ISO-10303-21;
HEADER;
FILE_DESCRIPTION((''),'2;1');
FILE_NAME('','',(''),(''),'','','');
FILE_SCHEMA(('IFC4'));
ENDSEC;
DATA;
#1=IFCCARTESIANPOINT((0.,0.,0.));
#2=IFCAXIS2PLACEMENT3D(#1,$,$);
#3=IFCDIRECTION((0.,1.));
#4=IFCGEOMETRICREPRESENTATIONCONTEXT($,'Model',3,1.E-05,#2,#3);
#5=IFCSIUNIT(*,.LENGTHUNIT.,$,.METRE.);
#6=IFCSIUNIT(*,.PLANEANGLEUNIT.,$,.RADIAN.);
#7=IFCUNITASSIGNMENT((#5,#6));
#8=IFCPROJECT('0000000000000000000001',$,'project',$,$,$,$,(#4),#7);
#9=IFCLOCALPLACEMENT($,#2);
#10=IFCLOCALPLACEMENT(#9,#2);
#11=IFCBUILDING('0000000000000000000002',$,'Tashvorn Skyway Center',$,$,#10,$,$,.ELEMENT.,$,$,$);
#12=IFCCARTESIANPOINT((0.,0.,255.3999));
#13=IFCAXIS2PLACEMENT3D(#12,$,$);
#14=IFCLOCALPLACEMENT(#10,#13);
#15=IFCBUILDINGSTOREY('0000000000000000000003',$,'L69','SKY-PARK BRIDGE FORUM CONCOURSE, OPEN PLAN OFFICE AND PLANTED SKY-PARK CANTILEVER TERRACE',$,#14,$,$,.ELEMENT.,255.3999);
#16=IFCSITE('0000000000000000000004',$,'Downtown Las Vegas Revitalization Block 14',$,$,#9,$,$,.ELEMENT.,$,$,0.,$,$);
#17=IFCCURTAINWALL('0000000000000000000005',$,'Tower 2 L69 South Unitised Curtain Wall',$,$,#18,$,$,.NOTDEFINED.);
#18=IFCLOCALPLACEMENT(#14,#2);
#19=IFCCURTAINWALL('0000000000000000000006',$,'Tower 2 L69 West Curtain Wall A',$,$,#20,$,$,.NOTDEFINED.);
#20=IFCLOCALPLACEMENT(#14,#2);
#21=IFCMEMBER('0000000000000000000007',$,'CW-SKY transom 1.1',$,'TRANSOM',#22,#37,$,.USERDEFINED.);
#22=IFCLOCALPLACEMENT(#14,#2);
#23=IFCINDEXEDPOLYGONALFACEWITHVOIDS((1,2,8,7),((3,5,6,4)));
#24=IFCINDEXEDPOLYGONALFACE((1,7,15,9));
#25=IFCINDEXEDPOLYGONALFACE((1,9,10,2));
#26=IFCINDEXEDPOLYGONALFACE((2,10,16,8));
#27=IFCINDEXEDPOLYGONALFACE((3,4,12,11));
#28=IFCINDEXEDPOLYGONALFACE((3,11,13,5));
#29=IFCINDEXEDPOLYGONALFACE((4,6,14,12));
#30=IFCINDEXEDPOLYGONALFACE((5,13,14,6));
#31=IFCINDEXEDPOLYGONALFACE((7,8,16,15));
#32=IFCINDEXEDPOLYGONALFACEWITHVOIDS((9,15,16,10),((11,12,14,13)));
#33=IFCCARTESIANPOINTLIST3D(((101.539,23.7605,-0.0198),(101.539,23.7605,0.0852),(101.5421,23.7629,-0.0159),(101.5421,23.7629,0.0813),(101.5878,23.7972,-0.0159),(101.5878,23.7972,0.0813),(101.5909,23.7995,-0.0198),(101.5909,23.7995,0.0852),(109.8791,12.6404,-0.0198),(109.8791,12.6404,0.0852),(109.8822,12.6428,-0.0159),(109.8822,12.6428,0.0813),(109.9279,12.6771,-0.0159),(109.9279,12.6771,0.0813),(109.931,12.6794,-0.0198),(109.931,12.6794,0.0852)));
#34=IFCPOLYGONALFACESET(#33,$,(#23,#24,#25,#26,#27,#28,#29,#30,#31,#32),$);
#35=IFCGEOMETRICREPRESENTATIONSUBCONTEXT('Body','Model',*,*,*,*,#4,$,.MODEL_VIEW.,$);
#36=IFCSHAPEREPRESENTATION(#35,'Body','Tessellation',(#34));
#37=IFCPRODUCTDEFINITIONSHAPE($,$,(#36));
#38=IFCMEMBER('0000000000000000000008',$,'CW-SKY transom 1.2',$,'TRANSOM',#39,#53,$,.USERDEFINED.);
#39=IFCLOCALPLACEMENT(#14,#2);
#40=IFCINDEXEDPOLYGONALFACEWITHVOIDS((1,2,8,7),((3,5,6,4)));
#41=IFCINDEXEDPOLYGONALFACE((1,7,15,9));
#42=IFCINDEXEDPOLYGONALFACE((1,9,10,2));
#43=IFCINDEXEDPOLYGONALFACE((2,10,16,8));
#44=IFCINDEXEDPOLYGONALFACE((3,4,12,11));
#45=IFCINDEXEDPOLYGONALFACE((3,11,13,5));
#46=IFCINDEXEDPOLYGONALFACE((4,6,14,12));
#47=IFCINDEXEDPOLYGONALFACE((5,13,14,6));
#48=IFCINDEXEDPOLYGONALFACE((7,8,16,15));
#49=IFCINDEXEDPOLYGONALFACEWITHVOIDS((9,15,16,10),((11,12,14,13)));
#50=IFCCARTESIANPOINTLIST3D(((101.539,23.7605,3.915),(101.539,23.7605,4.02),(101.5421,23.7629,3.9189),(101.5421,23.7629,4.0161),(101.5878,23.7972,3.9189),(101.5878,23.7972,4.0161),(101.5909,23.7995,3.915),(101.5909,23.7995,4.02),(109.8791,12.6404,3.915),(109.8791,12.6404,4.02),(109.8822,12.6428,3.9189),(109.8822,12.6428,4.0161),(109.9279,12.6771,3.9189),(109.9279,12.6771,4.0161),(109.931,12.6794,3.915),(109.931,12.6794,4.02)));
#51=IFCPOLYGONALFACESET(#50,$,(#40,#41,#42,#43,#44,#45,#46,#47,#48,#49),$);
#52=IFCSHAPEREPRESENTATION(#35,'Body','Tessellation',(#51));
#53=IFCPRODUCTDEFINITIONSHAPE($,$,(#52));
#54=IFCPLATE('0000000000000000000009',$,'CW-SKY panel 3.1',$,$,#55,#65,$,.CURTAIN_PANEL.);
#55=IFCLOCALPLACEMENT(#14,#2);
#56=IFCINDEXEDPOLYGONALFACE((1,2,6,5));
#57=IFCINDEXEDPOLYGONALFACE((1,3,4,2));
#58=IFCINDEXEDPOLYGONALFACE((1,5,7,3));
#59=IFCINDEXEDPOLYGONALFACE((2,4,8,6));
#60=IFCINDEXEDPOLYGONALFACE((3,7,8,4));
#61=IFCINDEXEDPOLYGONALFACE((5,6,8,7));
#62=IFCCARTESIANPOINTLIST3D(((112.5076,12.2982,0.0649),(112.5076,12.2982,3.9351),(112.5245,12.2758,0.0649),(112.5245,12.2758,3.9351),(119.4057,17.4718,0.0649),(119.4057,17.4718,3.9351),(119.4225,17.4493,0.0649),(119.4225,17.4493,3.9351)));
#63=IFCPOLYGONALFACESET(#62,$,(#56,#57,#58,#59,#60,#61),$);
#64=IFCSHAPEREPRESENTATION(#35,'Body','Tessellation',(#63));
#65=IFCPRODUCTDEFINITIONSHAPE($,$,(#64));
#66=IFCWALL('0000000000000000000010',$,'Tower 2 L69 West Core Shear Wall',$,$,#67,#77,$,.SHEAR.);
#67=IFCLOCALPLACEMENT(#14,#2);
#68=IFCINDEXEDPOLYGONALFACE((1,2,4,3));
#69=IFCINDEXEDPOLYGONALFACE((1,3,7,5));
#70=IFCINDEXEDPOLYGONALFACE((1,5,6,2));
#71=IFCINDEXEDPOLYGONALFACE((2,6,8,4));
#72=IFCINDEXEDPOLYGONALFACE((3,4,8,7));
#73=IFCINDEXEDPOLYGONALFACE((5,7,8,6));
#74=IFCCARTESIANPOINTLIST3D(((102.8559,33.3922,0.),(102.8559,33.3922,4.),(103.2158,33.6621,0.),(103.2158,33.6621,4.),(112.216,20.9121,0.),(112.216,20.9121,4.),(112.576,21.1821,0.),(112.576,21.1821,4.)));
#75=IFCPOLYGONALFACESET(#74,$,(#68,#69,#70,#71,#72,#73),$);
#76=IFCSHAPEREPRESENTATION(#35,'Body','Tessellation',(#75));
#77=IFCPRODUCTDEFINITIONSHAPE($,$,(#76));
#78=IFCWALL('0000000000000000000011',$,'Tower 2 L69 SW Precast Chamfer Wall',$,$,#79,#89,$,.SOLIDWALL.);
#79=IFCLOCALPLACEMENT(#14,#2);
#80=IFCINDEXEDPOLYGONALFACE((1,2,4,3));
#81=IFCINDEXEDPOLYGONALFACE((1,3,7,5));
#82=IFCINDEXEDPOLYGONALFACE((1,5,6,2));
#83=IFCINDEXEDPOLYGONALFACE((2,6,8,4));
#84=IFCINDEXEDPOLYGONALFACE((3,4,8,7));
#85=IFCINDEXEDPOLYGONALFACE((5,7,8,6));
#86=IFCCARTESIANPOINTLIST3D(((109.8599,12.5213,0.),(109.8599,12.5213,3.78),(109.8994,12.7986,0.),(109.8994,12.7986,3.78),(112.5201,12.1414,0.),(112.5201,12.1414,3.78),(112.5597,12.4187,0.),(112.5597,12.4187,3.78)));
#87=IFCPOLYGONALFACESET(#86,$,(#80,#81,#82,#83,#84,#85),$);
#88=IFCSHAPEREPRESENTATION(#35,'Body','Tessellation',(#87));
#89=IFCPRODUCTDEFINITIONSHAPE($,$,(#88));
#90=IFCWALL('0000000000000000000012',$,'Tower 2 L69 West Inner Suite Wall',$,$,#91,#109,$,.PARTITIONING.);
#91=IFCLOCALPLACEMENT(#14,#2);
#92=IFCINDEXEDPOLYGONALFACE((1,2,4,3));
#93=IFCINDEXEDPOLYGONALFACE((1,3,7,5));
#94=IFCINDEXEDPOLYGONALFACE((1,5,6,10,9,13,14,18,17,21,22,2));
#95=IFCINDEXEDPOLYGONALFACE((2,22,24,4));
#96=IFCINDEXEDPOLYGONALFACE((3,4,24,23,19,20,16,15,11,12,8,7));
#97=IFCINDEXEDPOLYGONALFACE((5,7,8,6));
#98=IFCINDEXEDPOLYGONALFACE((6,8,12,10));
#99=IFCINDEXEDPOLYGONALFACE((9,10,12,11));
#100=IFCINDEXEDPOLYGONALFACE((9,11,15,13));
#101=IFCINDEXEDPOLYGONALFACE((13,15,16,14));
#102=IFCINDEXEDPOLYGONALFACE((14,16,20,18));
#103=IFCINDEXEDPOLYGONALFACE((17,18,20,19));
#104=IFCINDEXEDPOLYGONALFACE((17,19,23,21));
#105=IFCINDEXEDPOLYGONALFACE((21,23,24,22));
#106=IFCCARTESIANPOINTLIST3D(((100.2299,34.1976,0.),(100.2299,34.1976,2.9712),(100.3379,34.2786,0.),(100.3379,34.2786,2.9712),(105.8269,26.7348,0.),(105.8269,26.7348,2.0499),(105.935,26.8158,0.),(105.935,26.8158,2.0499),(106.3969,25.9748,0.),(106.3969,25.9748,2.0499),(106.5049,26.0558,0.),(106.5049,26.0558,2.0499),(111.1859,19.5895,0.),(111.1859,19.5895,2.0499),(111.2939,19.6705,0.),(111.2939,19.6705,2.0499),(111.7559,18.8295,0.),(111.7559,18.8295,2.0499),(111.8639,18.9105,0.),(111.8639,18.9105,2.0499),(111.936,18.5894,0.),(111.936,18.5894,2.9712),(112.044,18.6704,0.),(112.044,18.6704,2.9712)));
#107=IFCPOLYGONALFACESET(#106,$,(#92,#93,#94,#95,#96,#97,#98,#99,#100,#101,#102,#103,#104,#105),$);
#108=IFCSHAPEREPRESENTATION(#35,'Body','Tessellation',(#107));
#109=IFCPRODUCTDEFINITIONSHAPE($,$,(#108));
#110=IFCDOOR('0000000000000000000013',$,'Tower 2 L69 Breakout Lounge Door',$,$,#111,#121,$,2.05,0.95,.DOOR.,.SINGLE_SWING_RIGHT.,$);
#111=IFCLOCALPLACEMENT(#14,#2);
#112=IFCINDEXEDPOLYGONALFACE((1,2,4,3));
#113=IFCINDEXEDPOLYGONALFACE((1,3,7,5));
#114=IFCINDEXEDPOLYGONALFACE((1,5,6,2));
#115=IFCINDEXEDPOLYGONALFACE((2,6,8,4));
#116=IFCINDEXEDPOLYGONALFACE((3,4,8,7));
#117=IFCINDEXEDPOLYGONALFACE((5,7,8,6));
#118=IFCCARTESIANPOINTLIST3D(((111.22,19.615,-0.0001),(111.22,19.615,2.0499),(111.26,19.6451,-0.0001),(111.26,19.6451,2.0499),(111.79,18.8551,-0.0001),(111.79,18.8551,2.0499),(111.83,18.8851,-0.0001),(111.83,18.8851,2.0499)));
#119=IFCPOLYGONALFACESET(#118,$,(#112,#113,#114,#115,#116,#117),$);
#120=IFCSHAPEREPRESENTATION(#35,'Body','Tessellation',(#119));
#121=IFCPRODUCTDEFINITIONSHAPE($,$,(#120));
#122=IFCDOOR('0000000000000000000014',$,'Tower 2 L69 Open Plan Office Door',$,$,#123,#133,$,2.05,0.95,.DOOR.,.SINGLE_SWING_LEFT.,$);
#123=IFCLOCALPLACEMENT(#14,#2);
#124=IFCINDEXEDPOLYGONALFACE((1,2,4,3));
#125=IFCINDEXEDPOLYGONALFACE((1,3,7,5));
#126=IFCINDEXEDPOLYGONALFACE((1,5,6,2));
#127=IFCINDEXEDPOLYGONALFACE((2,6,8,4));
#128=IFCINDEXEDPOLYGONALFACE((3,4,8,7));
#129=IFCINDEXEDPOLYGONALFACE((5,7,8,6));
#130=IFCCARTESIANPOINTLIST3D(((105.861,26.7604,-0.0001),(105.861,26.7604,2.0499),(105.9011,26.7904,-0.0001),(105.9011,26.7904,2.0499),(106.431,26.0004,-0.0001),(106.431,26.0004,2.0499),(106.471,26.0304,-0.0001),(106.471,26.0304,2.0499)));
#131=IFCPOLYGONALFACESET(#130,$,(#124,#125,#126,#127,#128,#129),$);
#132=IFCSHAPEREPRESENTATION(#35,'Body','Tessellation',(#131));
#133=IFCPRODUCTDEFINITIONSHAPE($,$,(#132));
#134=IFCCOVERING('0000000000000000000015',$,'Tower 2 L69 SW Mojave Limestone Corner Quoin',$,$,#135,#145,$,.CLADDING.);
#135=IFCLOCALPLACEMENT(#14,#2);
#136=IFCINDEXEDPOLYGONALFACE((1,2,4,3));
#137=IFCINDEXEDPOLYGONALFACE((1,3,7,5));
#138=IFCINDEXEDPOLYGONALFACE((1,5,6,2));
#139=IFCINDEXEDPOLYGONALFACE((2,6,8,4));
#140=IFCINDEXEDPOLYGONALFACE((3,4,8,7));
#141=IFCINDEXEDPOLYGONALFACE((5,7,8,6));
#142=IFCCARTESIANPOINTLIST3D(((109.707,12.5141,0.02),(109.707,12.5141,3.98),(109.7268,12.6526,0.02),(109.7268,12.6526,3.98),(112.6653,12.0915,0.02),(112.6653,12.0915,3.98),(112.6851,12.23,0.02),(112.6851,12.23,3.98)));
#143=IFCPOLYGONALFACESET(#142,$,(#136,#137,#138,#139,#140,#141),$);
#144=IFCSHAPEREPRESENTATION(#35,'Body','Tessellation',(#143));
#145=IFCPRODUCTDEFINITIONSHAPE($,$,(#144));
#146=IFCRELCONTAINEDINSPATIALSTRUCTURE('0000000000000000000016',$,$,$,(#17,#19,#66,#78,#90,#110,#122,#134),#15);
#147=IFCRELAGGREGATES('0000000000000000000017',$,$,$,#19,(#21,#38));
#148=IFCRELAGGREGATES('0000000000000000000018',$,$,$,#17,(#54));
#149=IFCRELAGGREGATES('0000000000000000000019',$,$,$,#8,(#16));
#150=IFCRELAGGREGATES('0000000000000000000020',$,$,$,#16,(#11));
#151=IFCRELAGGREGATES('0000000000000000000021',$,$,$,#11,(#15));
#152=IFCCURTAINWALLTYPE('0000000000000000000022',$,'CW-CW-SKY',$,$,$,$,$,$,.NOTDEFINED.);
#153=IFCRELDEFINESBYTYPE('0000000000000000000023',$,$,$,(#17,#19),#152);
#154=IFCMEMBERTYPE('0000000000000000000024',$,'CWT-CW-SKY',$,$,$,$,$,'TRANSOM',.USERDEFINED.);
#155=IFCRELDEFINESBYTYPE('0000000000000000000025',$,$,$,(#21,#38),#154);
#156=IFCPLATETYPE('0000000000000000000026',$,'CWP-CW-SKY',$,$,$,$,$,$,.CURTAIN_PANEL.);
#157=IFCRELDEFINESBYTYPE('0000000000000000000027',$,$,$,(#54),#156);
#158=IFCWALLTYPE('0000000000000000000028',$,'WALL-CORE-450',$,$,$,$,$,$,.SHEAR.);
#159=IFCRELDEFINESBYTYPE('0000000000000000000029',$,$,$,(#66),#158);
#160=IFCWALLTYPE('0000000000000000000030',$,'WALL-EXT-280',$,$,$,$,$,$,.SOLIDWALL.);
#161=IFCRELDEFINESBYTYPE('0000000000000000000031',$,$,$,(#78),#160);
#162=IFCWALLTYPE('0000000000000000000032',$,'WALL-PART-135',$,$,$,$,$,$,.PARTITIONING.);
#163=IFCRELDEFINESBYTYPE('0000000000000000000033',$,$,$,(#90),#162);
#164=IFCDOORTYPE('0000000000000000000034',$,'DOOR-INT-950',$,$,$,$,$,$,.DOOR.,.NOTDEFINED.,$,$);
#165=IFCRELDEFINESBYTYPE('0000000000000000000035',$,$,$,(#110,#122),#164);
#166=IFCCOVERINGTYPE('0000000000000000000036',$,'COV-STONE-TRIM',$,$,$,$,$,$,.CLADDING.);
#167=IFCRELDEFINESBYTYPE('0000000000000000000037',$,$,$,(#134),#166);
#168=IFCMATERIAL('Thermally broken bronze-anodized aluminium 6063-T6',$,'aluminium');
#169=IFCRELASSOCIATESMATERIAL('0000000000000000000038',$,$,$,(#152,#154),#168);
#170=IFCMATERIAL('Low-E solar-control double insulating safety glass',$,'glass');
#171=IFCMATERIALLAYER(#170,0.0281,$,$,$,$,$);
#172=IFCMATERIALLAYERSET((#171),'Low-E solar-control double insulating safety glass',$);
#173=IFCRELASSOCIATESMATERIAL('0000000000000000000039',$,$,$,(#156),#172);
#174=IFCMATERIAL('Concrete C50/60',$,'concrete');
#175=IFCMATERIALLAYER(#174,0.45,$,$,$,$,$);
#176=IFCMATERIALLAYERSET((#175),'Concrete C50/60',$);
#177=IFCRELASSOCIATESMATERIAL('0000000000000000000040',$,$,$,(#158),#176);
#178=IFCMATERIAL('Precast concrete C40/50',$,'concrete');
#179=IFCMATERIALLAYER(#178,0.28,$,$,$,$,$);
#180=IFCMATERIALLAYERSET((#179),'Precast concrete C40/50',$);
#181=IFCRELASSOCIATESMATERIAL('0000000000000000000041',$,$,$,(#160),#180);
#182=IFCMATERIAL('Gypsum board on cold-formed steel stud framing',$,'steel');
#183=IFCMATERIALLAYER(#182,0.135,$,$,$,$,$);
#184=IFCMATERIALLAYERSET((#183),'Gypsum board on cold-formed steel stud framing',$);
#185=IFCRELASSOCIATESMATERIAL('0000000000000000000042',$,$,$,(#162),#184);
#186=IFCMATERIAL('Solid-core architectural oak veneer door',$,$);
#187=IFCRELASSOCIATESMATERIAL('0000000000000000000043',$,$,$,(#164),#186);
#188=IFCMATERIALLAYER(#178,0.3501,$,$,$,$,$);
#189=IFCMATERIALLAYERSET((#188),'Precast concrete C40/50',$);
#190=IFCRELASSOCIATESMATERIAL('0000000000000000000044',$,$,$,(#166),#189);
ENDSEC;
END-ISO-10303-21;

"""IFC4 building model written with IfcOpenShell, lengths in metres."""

from ifc_helpers import new_model, si_unit, direction, frame, frame_2d, origin, origin_2d, place, context, subcontext, project, spatial, rectangle, hollow_rectangle, extrude, material, layer, layer_set, material_profile, profile_set, type_object, element, fill, aggregate, save


model = new_model("IFC4")

# Units and contexts
model_context = context("Model", 3, precision=1e-05, world=origin(), true_north=direction((0.0, 1.0)))
body_context = subcontext(model_context, "Body", "Model", "MODEL_VIEW")
ifc_project = project(units=[si_unit("LENGTHUNIT", "METRE"), si_unit("PLANEANGLEUNIT", "RADIAN")], contexts=[model_context])

# Site, building, storey
site_placement = place(None, origin())
site = spatial("IfcSite", under=ifc_project, at=site_placement, Name="Downtown Las Vegas Revitalization Block 14", CompositionType="ELEMENT", RefElevation=0.0)
building_placement = place(site_placement, origin())
building = spatial("IfcBuilding", under=site, at=building_placement, Name="Tashvorn Skyway Center", CompositionType="ELEMENT")
storey_placement = place(building_placement, frame((0.0, 0.0, 255.3999)))
storey = spatial("IfcBuildingStorey", under=building, at=storey_placement, Name="L69", Description="SKY-PARK BRIDGE FORUM CONCOURSE, OPEN PLAN OFFICE AND PLANTED SKY-PARK CANTILEVER TERRACE", CompositionType="ELEMENT", Elevation=255.3999)

# Curtain wall
ifc_material_1 = material(Name="Thermally broken bronze-anodized aluminium 6063-T6", Category="aluminium")
curtain_wall_type = type_object("IfcCurtainWallType", Name="CW-CW-SKY", PredefinedType="NOTDEFINED", material=ifc_material_1)
curtain_wall_1_placement = place(storey_placement, origin())
curtain_wall_1 = element("IfcCurtainWall", 1, at=curtain_wall_1_placement, inside=storey, type_object=curtain_wall_type, Name="Tower 2 L69 South Unitised Curtain Wall", PredefinedType="NOTDEFINED")

# Curtain wall, members
curtain_wall_2_placement = place(storey_placement, origin())
curtain_wall_2 = element("IfcCurtainWall", 2, at=curtain_wall_2_placement, inside=storey, type_object=curtain_wall_type, Name="Tower 2 L69 West Curtain Wall A", PredefinedType="NOTDEFINED")
ifc_material_profile_1 = material_profile(ifc_material_1, hollow_rectangle(XDim=0.0649, YDim=0.105, WallThickness=0.0039, at=origin_2d()), Name="ALU-TRAN-65x105")
ifc_profile_set_1 = profile_set([ifc_material_profile_1], Name="Thermally broken bronze-anodized aluminium 6063-T6")
member_type_1 = type_object("IfcMemberType", Name="CWT-CW-SKY", ElementType="TRANSOM", PredefinedType="USERDEFINED", material=ifc_profile_set_1)
member_1_placement = place(storey_placement, frame((109.905, 12.6599, 0.0327), z_axis=(-0.6, 0.8, 0.0), x_axis=(-0.8, -0.6, 0.0)))
member_1 = element("IfcMember", 3, at=member_1_placement, type_object=member_type_1, Name="CW-SKY transom 1.1", ObjectType="TRANSOM", PredefinedType="USERDEFINED", context=body_context, shape_type="SweptSolid", body=[
    extrude(hollow_rectangle(XDim=0.0649, YDim=0.105, WallThickness=0.0039, at=origin_2d()), origin(), (0.0, 0.0, 1.0), 13.9001),
])
member_2_placement = place(storey_placement, frame((109.905, 12.6599, 3.9675), z_axis=(-0.6, 0.8, 0.0), x_axis=(-0.8, -0.6, 0.0)))
member_2 = element("IfcMember", 4, at=member_2_placement, type_object=member_type_1, Name="CW-SKY transom 1.2", ObjectType="TRANSOM", PredefinedType="USERDEFINED", context=body_context, shape_type="SweptSolid", body=[
    extrude(hollow_rectangle(XDim=0.0649, YDim=0.105, WallThickness=0.0039, at=origin_2d()), origin(), (0.0, 0.0, 1.0), 13.9001),
])
aggregate(curtain_wall_2, [member_1, member_2])

# Plate
ifc_material_2 = material(Name="Low-E solar-control double insulating safety glass", Category="glass")
ifc_layer_1 = layer(ifc_material_2, 0.0281)
ifc_layer_set_1 = layer_set([ifc_layer_1], Name="Low-E solar-control double insulating safety glass")
plate_type = type_object("IfcPlateType", Name="CWP-CW-SKY", PredefinedType="CURTAIN_PANEL", material=ifc_layer_set_1)
plate_placement = place(storey_placement, frame((115.9651, 14.8738, 0.0649), z_axis=(0.0, 0.0, 1.0), x_axis=(-0.8, -0.6, 0.0)))
plate = element("IfcPlate", 5, at=plate_placement, type_object=plate_type, Name="CW-SKY panel 3.1", PredefinedType="CURTAIN_PANEL", context=body_context, shape_type="SweptSolid", body=[
    extrude(rectangle(XDim=8.6226, YDim=0.0281, at=origin_2d()), origin(), (0.0, 0.0, 1.0), 3.8701),
])
aggregate(curtain_wall_1, [plate])

# Walls
ifc_material_3 = material(Name="Concrete C50/60", Category="concrete")
ifc_layer_2 = layer(ifc_material_3, 0.45)
ifc_layer_set_2 = layer_set([ifc_layer_2], Name="Concrete C50/60")
wall_type_1 = type_object("IfcWallType", Name="WALL-CORE-450", PredefinedType="SHEAR", material=ifc_layer_set_2)
wall_1_placement = place(storey_placement, frame((112.396, 21.0471, 0.0), z_axis=(0.0, 0.0, 1.0), x_axis=(-0.600005, 0.799996, 0.0)))
element("IfcWall", 6, at=wall_1_placement, inside=storey, type_object=wall_type_1, Name="Tower 2 L69 West Core Shear Wall", PredefinedType="SHEAR", context=body_context, shape_type="SweptSolid", body=[
    extrude(rectangle(XDim=15.6001, YDim=0.45, at=frame_2d((7.8, 0.0))), origin(), (0.0, 0.0, 1.0), 4.0),
])
ifc_material_4 = material(Name="Precast concrete C40/50", Category="concrete")
ifc_layer_3 = layer(ifc_material_4, 0.28)
ifc_layer_set_3 = layer_set([ifc_layer_3], Name="Precast concrete C40/50")
wall_type_2 = type_object("IfcWallType", Name="WALL-EXT-280", PredefinedType="SOLIDWALL", material=ifc_layer_set_3)
wall_2_placement = place(storey_placement, frame((112.54, 12.28, 0.0), z_axis=(0.0, 0.0, 1.0), x_axis=(-0.989957, 0.14137, 0.0)))
element("IfcWall", 7, at=wall_2_placement, inside=storey, type_object=wall_type_2, Name="Tower 2 L69 SW Precast Chamfer Wall", PredefinedType="SOLIDWALL", context=body_context, shape_type="SweptSolid", body=[
    extrude(rectangle(XDim=2.6873, YDim=0.28, at=frame_2d((1.3438, 0.0))), origin(), (0.0, 0.0, 1.0), 3.78),
])

# Wall, openings, doors
ifc_material_5 = material(Name="Gypsum board on cold-formed steel stud framing", Category="steel")
ifc_layer_4 = layer(ifc_material_5, 0.135)
ifc_layer_set_4 = layer_set([ifc_layer_4], Name="Gypsum board on cold-formed steel stud framing")
wall_type_3 = type_object("IfcWallType", Name="WALL-PART-135", PredefinedType="PARTITIONING", material=ifc_layer_set_4)
wall_3_placement = place(storey_placement, frame((111.99, 18.6299, 0.0), z_axis=(0.0, 0.0, 1.0), x_axis=(-0.599998, 0.800002, 0.0)))
wall_3 = element("IfcWall", 8, at=wall_3_placement, inside=storey, type_object=wall_type_3, Name="Tower 2 L69 West Inner Suite Wall", PredefinedType="PARTITIONING", context=body_context, shape_type="SweptSolid", body=[
    extrude(rectangle(XDim=19.5103, YDim=0.135, at=frame_2d((9.7551, 0.0))), origin(), (0.0, 0.0, 1.0), 2.9712),
])
opening_1_placement = place(wall_3_placement, frame((0.3, 0.0, 0.0)))
opening_1 = element("IfcOpeningElement", 9, at=opening_1_placement, cuts=wall_3, PredefinedType="OPENING", context=body_context, shape_type="SweptSolid", body=[
    extrude(rectangle(XDim=0.95, YDim=2.05, at=frame_2d((0.4751, 1.0249))), frame((0.0, 0.0774, 0.0), z_axis=(0.0, -1.0, 0.0), x_axis=(1.0, 0.0, 0.0)), (0.0, 0.0, 1.0), 0.155),
])
opening_2_placement = place(wall_3_placement, frame((9.2317, 0.0, 0.0)))
opening_2 = element("IfcOpeningElement", 10, at=opening_2_placement, cuts=wall_3, PredefinedType="OPENING", context=body_context, shape_type="SweptSolid", body=[
    extrude(rectangle(XDim=0.95, YDim=2.05, at=frame_2d((0.4751, 1.0249))), frame((0.0, 0.0774, 0.0), z_axis=(0.0, -1.0, 0.0), x_axis=(1.0, 0.0, 0.0)), (0.0, 0.0, 1.0), 0.155),
])
ifc_material_6 = material(Name="Solid-core architectural oak veneer door")
door_type = type_object("IfcDoorType", Name="DOOR-INT-950", OperationType="NOTDEFINED", PredefinedType="DOOR", material=ifc_material_6)
door_1_placement = place(opening_1_placement, origin())
door_1 = element("IfcDoor", 11, at=door_1_placement, inside=storey, type_object=door_type, Name="Tower 2 L69 Breakout Lounge Door", OperationType="SINGLE_SWING_RIGHT", OverallHeight=2.05, OverallWidth=0.95, PredefinedType="DOOR", context=body_context, shape_type="SweptSolid", body=[
    extrude(rectangle(XDim=0.95, YDim=2.05, at=frame_2d((0.4751, 1.0249))), frame((0.0, 0.0249, 0.0), z_axis=(0.0, -1.0, 0.0), x_axis=(1.0, 0.0, 0.0)), (0.0, 0.0, 1.0), 0.05),
])
fill(opening_1, door_1)
door_2_placement = place(opening_2_placement, origin())
door_2 = element("IfcDoor", 12, at=door_2_placement, inside=storey, type_object=door_type, Name="Tower 2 L69 Open Plan Office Door", OperationType="SINGLE_SWING_LEFT", OverallHeight=2.05, OverallWidth=0.95, PredefinedType="DOOR", context=body_context, shape_type="SweptSolid", body=[
    extrude(rectangle(XDim=0.95, YDim=2.05, at=frame_2d((0.4751, 1.0249))), frame((0.0, 0.0249, 0.0), z_axis=(0.0, -1.0, 0.0), x_axis=(1.0, 0.0, 0.0)), (0.0, 0.0, 1.0), 0.05),
])
fill(opening_2, door_2)

# Covering
ifc_layer_5 = layer(ifc_material_4, 0.3501)
ifc_layer_set_5 = layer_set([ifc_layer_5], Name="Precast concrete C40/50")
covering_type = type_object("IfcCoveringType", Name="COV-STONE-TRIM", PredefinedType="CLADDING", material=ifc_layer_set_5)
covering_placement = place(storey_placement, frame((111.196, 12.3721, 0.02), z_axis=(0.0, 0.0, 1.0), x_axis=(-0.989949, 0.141421, 0.0)))
element("IfcCovering", 13, at=covering_placement, inside=storey, type_object=covering_type, Name="Tower 2 L69 SW Mojave Limestone Corner Quoin", PredefinedType="CLADDING", context=body_context, shape_type="SweptSolid", body=[
    extrude(rectangle(XDim=2.9883, YDim=0.1399, at=origin_2d()), origin(), (0.0, 0.0, 1.0), 3.96),
])

save(model, "model.ifc")
